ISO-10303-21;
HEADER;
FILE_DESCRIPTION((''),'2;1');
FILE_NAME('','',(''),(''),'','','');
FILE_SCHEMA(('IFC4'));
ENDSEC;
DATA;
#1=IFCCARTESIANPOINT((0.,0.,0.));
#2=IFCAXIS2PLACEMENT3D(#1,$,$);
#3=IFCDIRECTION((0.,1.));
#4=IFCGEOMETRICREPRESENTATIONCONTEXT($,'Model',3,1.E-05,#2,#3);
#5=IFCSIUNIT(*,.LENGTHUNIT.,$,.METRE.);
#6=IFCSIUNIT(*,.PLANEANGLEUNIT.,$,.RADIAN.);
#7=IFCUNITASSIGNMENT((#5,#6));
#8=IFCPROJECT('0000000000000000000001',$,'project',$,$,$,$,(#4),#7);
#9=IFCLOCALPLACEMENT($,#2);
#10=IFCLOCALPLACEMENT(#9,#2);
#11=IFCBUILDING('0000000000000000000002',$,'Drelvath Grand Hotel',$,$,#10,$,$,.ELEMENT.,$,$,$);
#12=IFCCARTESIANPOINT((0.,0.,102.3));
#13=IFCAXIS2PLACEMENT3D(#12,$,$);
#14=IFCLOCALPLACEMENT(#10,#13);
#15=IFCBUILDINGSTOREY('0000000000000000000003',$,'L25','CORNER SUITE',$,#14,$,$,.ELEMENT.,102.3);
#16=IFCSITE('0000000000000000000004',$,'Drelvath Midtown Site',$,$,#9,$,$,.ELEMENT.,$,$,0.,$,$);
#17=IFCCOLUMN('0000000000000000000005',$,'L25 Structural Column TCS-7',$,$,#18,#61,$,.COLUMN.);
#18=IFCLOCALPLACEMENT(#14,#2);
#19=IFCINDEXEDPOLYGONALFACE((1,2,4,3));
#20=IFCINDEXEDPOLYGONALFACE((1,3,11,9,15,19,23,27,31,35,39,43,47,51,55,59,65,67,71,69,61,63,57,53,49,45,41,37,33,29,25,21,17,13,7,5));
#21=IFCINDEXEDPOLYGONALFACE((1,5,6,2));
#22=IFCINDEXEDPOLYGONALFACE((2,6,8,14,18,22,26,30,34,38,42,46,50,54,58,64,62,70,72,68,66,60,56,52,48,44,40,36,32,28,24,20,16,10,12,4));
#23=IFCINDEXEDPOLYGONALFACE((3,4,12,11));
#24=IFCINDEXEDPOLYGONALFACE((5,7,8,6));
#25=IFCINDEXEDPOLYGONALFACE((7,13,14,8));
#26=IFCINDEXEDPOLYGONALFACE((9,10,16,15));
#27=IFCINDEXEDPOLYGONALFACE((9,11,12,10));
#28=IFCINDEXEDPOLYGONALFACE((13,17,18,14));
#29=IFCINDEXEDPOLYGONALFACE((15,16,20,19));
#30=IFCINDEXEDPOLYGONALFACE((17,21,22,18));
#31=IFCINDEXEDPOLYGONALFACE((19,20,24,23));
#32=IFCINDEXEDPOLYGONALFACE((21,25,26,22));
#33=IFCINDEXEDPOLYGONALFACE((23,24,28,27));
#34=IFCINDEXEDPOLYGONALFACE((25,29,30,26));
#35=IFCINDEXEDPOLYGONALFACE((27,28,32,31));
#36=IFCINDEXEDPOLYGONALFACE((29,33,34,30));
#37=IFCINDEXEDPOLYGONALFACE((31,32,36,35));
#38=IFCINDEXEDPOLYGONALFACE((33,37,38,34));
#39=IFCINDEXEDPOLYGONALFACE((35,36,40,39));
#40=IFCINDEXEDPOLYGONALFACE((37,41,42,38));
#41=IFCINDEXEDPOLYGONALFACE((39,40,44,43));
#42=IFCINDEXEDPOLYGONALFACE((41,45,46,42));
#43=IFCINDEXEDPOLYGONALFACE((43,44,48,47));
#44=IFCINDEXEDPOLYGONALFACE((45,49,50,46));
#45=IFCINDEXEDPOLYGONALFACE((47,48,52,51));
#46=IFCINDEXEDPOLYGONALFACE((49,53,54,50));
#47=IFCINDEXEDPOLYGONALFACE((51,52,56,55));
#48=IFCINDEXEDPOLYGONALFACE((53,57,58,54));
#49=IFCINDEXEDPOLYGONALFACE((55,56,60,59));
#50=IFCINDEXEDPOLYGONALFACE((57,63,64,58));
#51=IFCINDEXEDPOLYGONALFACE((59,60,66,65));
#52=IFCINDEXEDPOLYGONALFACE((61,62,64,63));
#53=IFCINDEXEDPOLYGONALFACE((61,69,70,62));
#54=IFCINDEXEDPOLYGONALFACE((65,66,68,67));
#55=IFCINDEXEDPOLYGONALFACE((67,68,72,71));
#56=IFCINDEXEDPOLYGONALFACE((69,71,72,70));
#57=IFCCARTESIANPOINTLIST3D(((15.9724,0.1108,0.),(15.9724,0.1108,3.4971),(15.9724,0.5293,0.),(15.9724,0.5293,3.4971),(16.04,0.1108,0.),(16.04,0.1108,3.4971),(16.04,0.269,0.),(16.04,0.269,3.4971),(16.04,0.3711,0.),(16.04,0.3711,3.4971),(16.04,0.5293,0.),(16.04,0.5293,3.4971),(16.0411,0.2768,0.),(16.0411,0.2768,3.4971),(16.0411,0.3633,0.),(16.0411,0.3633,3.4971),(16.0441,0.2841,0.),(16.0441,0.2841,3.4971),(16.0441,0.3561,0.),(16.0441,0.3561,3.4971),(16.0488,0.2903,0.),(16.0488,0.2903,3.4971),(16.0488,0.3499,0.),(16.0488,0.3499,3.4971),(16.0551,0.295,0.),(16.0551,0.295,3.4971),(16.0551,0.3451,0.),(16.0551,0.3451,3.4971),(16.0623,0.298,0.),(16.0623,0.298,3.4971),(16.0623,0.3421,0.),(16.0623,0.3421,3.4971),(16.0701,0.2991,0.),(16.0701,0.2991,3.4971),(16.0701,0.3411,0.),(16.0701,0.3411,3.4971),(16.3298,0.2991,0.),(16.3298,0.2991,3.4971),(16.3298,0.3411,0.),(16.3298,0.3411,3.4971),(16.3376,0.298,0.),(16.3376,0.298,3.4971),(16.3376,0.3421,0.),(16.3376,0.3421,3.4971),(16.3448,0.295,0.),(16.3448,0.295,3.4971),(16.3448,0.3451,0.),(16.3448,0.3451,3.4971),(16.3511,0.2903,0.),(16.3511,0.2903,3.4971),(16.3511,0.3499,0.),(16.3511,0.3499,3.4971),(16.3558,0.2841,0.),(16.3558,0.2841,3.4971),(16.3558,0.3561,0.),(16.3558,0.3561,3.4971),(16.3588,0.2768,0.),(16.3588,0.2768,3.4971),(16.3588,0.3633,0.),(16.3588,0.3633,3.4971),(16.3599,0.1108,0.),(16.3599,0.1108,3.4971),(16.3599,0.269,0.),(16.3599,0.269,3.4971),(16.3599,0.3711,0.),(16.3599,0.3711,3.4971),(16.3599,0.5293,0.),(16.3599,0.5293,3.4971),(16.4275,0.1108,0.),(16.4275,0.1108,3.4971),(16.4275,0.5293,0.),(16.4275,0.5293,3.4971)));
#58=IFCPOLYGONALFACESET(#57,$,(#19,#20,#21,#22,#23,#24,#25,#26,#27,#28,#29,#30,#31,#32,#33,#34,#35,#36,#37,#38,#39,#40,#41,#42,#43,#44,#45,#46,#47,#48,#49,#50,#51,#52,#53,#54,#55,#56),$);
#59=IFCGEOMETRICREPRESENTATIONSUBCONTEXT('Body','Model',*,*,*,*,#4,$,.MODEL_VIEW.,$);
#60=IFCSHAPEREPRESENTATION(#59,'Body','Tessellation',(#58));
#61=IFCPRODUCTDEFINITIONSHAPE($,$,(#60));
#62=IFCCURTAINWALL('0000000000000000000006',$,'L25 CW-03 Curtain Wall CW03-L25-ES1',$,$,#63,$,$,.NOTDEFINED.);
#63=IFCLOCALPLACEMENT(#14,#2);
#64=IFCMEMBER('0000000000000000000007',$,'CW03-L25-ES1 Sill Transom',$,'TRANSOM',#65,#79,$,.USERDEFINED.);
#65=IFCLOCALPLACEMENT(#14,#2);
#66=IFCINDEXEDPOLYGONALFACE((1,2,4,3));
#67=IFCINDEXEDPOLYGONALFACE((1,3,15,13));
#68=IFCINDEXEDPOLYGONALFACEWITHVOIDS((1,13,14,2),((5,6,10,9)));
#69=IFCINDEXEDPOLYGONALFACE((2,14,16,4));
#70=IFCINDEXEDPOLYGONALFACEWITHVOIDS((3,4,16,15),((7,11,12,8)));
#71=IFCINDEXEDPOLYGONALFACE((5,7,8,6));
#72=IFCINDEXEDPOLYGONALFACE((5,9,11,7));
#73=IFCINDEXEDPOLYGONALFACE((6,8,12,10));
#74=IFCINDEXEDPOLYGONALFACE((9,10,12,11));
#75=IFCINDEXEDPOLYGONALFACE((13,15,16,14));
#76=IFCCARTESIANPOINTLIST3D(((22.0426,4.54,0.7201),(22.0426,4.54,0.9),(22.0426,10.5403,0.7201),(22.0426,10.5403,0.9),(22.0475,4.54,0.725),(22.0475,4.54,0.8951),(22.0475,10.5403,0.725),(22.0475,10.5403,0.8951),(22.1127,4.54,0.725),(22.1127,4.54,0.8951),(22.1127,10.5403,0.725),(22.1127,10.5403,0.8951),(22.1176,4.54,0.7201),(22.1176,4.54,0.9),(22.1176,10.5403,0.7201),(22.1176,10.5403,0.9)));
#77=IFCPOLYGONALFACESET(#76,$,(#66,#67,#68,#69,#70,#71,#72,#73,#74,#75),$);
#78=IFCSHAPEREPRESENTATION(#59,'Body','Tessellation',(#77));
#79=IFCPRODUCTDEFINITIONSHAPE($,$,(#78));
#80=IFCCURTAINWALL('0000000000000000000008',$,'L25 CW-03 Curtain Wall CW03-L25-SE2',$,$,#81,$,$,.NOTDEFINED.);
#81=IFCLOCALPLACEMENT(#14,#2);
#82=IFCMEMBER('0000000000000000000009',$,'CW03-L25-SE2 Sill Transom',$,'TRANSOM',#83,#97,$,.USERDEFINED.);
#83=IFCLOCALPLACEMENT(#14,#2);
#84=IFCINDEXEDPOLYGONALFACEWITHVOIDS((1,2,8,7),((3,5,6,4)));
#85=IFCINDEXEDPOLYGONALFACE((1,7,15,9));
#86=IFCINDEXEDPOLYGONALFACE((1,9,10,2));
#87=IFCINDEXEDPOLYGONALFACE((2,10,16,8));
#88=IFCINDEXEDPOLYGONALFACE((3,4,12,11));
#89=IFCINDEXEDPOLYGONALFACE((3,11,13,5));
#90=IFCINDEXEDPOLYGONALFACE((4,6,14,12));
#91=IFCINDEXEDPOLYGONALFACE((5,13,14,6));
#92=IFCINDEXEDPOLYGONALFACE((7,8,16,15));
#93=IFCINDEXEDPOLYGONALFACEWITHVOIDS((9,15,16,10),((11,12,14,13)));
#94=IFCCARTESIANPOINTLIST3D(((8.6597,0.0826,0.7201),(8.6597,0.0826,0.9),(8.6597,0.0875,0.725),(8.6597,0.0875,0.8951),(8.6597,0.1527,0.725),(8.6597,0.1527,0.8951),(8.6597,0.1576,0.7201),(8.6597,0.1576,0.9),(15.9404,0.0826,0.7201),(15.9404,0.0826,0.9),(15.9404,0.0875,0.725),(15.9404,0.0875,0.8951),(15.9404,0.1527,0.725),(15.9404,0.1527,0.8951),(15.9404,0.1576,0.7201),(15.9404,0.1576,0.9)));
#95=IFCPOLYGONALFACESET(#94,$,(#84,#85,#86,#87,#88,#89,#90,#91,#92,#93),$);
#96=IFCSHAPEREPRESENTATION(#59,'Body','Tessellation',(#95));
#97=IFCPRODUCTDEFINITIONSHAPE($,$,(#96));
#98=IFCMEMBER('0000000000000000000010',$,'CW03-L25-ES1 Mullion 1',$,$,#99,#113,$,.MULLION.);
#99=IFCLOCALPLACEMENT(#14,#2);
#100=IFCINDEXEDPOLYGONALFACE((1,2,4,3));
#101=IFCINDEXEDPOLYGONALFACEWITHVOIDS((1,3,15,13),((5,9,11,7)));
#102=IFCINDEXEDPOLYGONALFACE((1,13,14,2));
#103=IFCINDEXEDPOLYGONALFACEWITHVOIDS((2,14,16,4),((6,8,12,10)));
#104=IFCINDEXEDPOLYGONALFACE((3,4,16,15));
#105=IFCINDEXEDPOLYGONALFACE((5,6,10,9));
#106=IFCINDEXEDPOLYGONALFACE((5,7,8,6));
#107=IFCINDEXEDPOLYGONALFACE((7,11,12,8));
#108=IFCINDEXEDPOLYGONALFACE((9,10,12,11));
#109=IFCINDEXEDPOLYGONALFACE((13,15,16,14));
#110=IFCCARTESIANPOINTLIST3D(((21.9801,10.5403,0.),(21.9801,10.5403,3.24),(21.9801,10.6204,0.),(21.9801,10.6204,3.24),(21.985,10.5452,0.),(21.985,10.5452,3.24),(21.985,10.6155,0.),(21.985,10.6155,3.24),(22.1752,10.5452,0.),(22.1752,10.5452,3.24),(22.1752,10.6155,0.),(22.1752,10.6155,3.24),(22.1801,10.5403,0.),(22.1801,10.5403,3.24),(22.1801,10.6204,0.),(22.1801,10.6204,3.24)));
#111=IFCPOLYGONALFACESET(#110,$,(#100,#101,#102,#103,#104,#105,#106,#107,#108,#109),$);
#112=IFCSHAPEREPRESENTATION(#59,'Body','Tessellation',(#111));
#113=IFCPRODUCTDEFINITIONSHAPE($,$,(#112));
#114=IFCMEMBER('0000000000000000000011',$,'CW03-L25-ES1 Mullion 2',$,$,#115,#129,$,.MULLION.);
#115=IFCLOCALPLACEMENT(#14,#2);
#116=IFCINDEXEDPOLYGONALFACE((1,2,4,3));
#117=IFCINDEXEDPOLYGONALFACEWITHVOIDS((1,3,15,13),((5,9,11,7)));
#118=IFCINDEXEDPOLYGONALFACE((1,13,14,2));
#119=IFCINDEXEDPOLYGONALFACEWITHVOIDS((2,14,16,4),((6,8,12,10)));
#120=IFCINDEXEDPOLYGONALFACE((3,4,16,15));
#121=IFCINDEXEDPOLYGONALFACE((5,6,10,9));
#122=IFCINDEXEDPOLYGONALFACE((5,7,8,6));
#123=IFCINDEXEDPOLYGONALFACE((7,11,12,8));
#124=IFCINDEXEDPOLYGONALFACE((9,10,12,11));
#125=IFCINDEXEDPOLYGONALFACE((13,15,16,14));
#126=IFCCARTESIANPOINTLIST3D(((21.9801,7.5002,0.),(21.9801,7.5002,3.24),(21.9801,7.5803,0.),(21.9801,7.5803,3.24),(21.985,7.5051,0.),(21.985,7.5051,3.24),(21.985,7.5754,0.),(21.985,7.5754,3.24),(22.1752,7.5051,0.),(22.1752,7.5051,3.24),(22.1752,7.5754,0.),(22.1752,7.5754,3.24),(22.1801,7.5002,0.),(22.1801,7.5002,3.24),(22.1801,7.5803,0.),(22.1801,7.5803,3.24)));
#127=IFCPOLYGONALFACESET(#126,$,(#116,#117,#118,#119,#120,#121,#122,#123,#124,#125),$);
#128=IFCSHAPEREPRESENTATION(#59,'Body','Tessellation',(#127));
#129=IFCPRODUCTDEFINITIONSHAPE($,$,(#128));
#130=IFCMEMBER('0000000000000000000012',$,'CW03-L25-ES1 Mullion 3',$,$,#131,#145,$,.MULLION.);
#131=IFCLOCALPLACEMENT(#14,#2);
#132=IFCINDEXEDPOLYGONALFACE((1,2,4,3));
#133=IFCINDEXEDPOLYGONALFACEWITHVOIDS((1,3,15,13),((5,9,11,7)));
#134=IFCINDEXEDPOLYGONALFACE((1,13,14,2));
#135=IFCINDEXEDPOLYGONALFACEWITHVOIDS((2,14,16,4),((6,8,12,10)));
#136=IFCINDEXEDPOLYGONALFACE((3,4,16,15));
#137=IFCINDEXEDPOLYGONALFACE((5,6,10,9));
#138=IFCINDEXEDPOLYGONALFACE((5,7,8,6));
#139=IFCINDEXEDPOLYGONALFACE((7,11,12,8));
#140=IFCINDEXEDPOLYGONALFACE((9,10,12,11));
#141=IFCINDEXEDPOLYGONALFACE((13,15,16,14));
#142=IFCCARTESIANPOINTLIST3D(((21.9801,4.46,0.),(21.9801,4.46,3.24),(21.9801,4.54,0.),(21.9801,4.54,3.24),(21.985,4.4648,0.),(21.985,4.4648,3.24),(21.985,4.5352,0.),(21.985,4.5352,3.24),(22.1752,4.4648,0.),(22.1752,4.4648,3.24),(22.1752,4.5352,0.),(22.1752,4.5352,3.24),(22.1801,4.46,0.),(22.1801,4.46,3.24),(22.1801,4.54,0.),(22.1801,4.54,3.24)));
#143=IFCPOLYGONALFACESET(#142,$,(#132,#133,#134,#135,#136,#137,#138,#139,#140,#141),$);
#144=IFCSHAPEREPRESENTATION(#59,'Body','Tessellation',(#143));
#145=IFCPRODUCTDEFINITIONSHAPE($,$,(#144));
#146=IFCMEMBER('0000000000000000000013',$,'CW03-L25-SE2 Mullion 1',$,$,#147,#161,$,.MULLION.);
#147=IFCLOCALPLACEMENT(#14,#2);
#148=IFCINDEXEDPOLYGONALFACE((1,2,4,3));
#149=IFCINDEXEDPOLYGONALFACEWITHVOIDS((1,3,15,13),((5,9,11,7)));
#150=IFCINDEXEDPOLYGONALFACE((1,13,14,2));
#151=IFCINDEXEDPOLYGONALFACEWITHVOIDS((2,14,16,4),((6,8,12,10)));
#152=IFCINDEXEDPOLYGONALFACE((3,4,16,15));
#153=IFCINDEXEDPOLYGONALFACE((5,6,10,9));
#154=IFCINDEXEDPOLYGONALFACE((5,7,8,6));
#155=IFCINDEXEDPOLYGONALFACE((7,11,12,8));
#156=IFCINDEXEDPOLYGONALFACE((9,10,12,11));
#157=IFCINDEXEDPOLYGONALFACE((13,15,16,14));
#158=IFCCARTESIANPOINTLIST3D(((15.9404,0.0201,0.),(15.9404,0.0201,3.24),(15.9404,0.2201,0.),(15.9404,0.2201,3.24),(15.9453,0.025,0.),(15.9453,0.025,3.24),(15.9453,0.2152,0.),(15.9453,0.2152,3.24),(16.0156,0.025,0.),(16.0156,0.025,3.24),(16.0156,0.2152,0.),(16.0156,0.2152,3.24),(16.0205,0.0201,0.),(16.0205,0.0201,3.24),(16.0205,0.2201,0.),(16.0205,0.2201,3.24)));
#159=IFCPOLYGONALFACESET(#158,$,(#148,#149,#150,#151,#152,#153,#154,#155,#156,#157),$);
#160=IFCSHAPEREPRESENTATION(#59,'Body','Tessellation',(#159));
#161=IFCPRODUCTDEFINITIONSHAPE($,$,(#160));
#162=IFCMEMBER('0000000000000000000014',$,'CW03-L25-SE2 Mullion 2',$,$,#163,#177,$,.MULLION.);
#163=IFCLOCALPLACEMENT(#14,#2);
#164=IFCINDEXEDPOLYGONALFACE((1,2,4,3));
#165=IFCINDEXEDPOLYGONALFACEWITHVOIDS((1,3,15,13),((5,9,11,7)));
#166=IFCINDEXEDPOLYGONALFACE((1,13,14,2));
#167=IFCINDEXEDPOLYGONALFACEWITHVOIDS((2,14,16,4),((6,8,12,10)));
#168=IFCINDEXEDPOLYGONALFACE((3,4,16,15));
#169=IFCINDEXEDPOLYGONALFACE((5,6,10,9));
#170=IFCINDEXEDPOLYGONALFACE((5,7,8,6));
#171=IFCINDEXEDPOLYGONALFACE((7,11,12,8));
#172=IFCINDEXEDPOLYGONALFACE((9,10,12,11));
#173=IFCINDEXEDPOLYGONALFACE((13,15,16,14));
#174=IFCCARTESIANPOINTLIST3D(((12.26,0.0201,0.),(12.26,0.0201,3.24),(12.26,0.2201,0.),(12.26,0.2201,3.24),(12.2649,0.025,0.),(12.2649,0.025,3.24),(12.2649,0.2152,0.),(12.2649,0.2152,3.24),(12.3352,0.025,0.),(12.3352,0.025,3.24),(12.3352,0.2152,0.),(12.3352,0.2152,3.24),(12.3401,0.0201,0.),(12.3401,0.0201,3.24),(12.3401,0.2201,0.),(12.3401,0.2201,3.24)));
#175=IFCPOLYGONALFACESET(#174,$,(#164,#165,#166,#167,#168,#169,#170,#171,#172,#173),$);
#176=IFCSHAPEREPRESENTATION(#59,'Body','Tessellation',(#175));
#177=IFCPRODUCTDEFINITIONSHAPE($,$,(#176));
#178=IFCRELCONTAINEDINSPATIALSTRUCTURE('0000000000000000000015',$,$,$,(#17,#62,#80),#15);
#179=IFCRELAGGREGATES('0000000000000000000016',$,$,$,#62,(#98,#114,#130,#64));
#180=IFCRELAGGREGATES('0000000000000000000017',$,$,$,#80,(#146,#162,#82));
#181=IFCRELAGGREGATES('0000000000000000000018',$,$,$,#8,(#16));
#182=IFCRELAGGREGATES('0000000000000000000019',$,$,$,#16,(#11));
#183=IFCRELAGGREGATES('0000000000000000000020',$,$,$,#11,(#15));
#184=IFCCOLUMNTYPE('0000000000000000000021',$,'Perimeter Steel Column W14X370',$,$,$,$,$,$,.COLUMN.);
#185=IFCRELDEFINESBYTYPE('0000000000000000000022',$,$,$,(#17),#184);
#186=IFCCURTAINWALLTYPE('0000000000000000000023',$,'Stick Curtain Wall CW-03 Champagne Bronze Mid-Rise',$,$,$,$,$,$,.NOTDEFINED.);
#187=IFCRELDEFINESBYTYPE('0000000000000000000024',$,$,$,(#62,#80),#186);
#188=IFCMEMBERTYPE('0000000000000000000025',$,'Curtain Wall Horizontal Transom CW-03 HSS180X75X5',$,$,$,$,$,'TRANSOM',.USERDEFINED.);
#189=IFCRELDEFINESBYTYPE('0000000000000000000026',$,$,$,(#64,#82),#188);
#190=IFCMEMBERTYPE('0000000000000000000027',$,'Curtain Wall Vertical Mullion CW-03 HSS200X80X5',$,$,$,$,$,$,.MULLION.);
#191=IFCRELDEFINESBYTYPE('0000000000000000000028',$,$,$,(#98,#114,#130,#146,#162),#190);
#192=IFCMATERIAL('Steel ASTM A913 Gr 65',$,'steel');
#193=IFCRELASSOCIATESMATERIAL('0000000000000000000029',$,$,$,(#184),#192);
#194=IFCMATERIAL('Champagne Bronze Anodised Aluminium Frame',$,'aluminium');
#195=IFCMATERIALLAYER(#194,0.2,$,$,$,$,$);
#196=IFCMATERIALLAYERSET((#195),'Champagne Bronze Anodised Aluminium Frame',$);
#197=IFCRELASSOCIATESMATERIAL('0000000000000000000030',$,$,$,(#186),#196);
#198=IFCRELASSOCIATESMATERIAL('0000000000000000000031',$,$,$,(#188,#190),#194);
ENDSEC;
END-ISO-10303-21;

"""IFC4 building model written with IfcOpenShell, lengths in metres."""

from ifc_helpers import new_model, si_unit, direction, frame, origin, origin_2d, place, context, subcontext, project, spatial, hollow_rectangle, i_section, extrude, material, layer, layer_set, material_profile, profile_set, type_object, element, aggregate, save


model = new_model("IFC4")

# Units and contexts
model_context = context("Model", 3, precision=1e-05, world=origin(), true_north=direction((0.0, 1.0)))
body_context = subcontext(model_context, "Body", "Model", "MODEL_VIEW")
ifc_project = project(units=[si_unit("LENGTHUNIT", "METRE"), si_unit("PLANEANGLEUNIT", "RADIAN")], contexts=[model_context])

# Site, building, storey
site_placement = place(None, origin())
site = spatial("IfcSite", under=ifc_project, at=site_placement, Name="Drelvath Midtown Site", CompositionType="ELEMENT", RefElevation=0.0)
building_placement = place(site_placement, origin())
building = spatial("IfcBuilding", under=site, at=building_placement, Name="Drelvath Grand Hotel", CompositionType="ELEMENT")
storey_placement = place(building_placement, frame((0.0, 0.0, 102.3)))
storey = spatial("IfcBuildingStorey", under=building, at=storey_placement, Name="L25", Description="CORNER SUITE", CompositionType="ELEMENT", Elevation=102.3)

# Column
ifc_material_1 = material(Name="Steel ASTM A913 Gr 65", Category="steel")
ifc_material_profile_1 = material_profile(ifc_material_1, i_section(OverallWidth=0.4185, OverallDepth=0.4551, WebThickness=0.042, FlangeThickness=0.0676, FilletRadius=0.03, at=origin_2d()), Name="W14X370")
ifc_profile_set_1 = profile_set([ifc_material_profile_1], Name="Steel ASTM A913 Gr 65")
column_type = type_object("IfcColumnType", Name="Perimeter Steel Column W14X370", PredefinedType="COLUMN", material=ifc_profile_set_1)
column_placement = place(storey_placement, frame((16.2, 0.3201, 0.0), z_axis=(0.0, 0.0, 1.0), x_axis=(0.0, 1.0, 0.0)))
element("IfcColumn", 1, at=column_placement, inside=storey, type_object=column_type, Name="L25 Structural Column TCS-7", PredefinedType="COLUMN", context=body_context, shape_type="SweptSolid", body=[
    extrude(i_section(OverallWidth=0.4185, OverallDepth=0.4551, WebThickness=0.042, FlangeThickness=0.0676, FilletRadius=0.03, at=origin_2d()), origin(), (0.0, 0.0, 1.0), 3.4971),
])

# Curtain walls, members
ifc_material_2 = material(Name="Champagne Bronze Anodised Aluminium Frame", Category="aluminium")
ifc_layer_1 = layer(ifc_material_2, 0.2)
ifc_layer_set_1 = layer_set([ifc_layer_1], Name="Champagne Bronze Anodised Aluminium Frame")
curtain_wall_type = type_object("IfcCurtainWallType", Name="Stick Curtain Wall CW-03 Champagne Bronze Mid-Rise", PredefinedType="NOTDEFINED", material=ifc_layer_set_1)
curtain_wall_1_placement = place(storey_placement, origin())
curtain_wall_1 = element("IfcCurtainWall", 2, at=curtain_wall_1_placement, inside=storey, type_object=curtain_wall_type, Name="L25 CW-03 Curtain Wall CW03-L25-ES1", PredefinedType="NOTDEFINED")
ifc_material_profile_2 = material_profile(ifc_material_2, hollow_rectangle(XDim=0.075, YDim=0.1799, WallThickness=0.0049, at=origin_2d()), Name="HSS180X75X5")
ifc_profile_set_2 = profile_set([ifc_material_profile_2], Name="Champagne Bronze Anodised Aluminium Frame")
member_type_1 = type_object("IfcMemberType", Name="Curtain Wall Horizontal Transom CW-03 HSS180X75X5", ElementType="TRANSOM", PredefinedType="USERDEFINED", material=ifc_profile_set_2)
member_1_placement = place(storey_placement, frame((22.0801, 10.5403, 0.8101), z_axis=(0.0, -1.0, 0.0), x_axis=(1.0, 0.0, 0.0)))
member_1 = element("IfcMember", 3, at=member_1_placement, type_object=member_type_1, Name="CW03-L25-ES1 Sill Transom", ObjectType="TRANSOM", PredefinedType="USERDEFINED", context=body_context, shape_type="SweptSolid", body=[
    extrude(hollow_rectangle(XDim=0.075, YDim=0.1799, WallThickness=0.0049, at=origin_2d()), origin(), (0.0, 0.0, 1.0), 6.0002),
])
curtain_wall_2_placement = place(storey_placement, origin())
curtain_wall_2 = element("IfcCurtainWall", 4, at=curtain_wall_2_placement, inside=storey, type_object=curtain_wall_type, Name="L25 CW-03 Curtain Wall CW03-L25-SE2", PredefinedType="NOTDEFINED")
member_2_placement = place(storey_placement, frame((15.9404, 0.1201, 0.8101), z_axis=(-1.0, 0.0, 0.0), x_axis=(0.0, -1.0, 0.0)))
member_2 = element("IfcMember", 5, at=member_2_placement, type_object=member_type_1, Name="CW03-L25-SE2 Sill Transom", ObjectType="TRANSOM", PredefinedType="USERDEFINED", context=body_context, shape_type="SweptSolid", body=[
    extrude(hollow_rectangle(XDim=0.075, YDim=0.1799, WallThickness=0.0049, at=origin_2d()), origin(), (0.0, 0.0, 1.0), 7.2808),
])

# Members
ifc_material_profile_3 = material_profile(ifc_material_2, hollow_rectangle(XDim=0.0801, YDim=0.2, WallThickness=0.0049, at=origin_2d()), Name="HSS200X80X5")
ifc_profile_set_3 = profile_set([ifc_material_profile_3], Name="Champagne Bronze Anodised Aluminium Frame")
member_type_2 = type_object("IfcMemberType", Name="Curtain Wall Vertical Mullion CW-03 HSS200X80X5", PredefinedType="MULLION", material=ifc_profile_set_3)
member_3_placement = place(storey_placement, frame((22.0801, 10.5803, 0.0), z_axis=(0.0, 0.0, 1.0), x_axis=(0.0, 1.0, 0.0)))
member_3 = element("IfcMember", 6, at=member_3_placement, type_object=member_type_2, Name="CW03-L25-ES1 Mullion 1", PredefinedType="MULLION", context=body_context, shape_type="SweptSolid", body=[
    extrude(hollow_rectangle(XDim=0.0801, YDim=0.2, WallThickness=0.0049, at=origin_2d()), origin(), (0.0, 0.0, 1.0), 3.24),
])
member_4_placement = place(storey_placement, frame((22.0801, 7.5403, 0.0), z_axis=(0.0, 0.0, 1.0), x_axis=(0.0, 1.0, 0.0)))
member_4 = element("IfcMember", 7, at=member_4_placement, type_object=member_type_2, Name="CW03-L25-ES1 Mullion 2", PredefinedType="MULLION", context=body_context, shape_type="SweptSolid", body=[
    extrude(hollow_rectangle(XDim=0.0801, YDim=0.2, WallThickness=0.0049, at=origin_2d()), origin(), (0.0, 0.0, 1.0), 3.24),
])
member_5_placement = place(storey_placement, frame((22.0801, 4.5, 0.0), z_axis=(0.0, 0.0, 1.0), x_axis=(0.0, 1.0, 0.0)))
member_5 = element("IfcMember", 8, at=member_5_placement, type_object=member_type_2, Name="CW03-L25-ES1 Mullion 3", PredefinedType="MULLION", context=body_context, shape_type="SweptSolid", body=[
    extrude(hollow_rectangle(XDim=0.0801, YDim=0.2, WallThickness=0.0049, at=origin_2d()), origin(), (0.0, 0.0, 1.0), 3.24),
])
member_6_placement = place(storey_placement, frame((15.9805, 0.1201, 0.0), z_axis=(0.0, 0.0, 1.0), x_axis=(1.0, 0.0, 0.0)))
member_6 = element("IfcMember", 9, at=member_6_placement, type_object=member_type_2, Name="CW03-L25-SE2 Mullion 1", PredefinedType="MULLION", context=body_context, shape_type="SweptSolid", body=[
    extrude(hollow_rectangle(XDim=0.0801, YDim=0.2, WallThickness=0.0049, at=origin_2d()), origin(), (0.0, 0.0, 1.0), 3.24),
])
member_7_placement = place(storey_placement, frame((12.3, 0.1201, 0.0), z_axis=(0.0, 0.0, 1.0), x_axis=(1.0, 0.0, 0.0)))
member_7 = element("IfcMember", 10, at=member_7_placement, type_object=member_type_2, Name="CW03-L25-SE2 Mullion 2", PredefinedType="MULLION", context=body_context, shape_type="SweptSolid", body=[
    extrude(hollow_rectangle(XDim=0.0801, YDim=0.2, WallThickness=0.0049, at=origin_2d()), origin(), (0.0, 0.0, 1.0), 3.24),
])

aggregate(curtain_wall_1, [member_3, member_4, member_5, member_1])
aggregate(curtain_wall_2, [member_6, member_7, member_2])

save(model, "model.ifc")
